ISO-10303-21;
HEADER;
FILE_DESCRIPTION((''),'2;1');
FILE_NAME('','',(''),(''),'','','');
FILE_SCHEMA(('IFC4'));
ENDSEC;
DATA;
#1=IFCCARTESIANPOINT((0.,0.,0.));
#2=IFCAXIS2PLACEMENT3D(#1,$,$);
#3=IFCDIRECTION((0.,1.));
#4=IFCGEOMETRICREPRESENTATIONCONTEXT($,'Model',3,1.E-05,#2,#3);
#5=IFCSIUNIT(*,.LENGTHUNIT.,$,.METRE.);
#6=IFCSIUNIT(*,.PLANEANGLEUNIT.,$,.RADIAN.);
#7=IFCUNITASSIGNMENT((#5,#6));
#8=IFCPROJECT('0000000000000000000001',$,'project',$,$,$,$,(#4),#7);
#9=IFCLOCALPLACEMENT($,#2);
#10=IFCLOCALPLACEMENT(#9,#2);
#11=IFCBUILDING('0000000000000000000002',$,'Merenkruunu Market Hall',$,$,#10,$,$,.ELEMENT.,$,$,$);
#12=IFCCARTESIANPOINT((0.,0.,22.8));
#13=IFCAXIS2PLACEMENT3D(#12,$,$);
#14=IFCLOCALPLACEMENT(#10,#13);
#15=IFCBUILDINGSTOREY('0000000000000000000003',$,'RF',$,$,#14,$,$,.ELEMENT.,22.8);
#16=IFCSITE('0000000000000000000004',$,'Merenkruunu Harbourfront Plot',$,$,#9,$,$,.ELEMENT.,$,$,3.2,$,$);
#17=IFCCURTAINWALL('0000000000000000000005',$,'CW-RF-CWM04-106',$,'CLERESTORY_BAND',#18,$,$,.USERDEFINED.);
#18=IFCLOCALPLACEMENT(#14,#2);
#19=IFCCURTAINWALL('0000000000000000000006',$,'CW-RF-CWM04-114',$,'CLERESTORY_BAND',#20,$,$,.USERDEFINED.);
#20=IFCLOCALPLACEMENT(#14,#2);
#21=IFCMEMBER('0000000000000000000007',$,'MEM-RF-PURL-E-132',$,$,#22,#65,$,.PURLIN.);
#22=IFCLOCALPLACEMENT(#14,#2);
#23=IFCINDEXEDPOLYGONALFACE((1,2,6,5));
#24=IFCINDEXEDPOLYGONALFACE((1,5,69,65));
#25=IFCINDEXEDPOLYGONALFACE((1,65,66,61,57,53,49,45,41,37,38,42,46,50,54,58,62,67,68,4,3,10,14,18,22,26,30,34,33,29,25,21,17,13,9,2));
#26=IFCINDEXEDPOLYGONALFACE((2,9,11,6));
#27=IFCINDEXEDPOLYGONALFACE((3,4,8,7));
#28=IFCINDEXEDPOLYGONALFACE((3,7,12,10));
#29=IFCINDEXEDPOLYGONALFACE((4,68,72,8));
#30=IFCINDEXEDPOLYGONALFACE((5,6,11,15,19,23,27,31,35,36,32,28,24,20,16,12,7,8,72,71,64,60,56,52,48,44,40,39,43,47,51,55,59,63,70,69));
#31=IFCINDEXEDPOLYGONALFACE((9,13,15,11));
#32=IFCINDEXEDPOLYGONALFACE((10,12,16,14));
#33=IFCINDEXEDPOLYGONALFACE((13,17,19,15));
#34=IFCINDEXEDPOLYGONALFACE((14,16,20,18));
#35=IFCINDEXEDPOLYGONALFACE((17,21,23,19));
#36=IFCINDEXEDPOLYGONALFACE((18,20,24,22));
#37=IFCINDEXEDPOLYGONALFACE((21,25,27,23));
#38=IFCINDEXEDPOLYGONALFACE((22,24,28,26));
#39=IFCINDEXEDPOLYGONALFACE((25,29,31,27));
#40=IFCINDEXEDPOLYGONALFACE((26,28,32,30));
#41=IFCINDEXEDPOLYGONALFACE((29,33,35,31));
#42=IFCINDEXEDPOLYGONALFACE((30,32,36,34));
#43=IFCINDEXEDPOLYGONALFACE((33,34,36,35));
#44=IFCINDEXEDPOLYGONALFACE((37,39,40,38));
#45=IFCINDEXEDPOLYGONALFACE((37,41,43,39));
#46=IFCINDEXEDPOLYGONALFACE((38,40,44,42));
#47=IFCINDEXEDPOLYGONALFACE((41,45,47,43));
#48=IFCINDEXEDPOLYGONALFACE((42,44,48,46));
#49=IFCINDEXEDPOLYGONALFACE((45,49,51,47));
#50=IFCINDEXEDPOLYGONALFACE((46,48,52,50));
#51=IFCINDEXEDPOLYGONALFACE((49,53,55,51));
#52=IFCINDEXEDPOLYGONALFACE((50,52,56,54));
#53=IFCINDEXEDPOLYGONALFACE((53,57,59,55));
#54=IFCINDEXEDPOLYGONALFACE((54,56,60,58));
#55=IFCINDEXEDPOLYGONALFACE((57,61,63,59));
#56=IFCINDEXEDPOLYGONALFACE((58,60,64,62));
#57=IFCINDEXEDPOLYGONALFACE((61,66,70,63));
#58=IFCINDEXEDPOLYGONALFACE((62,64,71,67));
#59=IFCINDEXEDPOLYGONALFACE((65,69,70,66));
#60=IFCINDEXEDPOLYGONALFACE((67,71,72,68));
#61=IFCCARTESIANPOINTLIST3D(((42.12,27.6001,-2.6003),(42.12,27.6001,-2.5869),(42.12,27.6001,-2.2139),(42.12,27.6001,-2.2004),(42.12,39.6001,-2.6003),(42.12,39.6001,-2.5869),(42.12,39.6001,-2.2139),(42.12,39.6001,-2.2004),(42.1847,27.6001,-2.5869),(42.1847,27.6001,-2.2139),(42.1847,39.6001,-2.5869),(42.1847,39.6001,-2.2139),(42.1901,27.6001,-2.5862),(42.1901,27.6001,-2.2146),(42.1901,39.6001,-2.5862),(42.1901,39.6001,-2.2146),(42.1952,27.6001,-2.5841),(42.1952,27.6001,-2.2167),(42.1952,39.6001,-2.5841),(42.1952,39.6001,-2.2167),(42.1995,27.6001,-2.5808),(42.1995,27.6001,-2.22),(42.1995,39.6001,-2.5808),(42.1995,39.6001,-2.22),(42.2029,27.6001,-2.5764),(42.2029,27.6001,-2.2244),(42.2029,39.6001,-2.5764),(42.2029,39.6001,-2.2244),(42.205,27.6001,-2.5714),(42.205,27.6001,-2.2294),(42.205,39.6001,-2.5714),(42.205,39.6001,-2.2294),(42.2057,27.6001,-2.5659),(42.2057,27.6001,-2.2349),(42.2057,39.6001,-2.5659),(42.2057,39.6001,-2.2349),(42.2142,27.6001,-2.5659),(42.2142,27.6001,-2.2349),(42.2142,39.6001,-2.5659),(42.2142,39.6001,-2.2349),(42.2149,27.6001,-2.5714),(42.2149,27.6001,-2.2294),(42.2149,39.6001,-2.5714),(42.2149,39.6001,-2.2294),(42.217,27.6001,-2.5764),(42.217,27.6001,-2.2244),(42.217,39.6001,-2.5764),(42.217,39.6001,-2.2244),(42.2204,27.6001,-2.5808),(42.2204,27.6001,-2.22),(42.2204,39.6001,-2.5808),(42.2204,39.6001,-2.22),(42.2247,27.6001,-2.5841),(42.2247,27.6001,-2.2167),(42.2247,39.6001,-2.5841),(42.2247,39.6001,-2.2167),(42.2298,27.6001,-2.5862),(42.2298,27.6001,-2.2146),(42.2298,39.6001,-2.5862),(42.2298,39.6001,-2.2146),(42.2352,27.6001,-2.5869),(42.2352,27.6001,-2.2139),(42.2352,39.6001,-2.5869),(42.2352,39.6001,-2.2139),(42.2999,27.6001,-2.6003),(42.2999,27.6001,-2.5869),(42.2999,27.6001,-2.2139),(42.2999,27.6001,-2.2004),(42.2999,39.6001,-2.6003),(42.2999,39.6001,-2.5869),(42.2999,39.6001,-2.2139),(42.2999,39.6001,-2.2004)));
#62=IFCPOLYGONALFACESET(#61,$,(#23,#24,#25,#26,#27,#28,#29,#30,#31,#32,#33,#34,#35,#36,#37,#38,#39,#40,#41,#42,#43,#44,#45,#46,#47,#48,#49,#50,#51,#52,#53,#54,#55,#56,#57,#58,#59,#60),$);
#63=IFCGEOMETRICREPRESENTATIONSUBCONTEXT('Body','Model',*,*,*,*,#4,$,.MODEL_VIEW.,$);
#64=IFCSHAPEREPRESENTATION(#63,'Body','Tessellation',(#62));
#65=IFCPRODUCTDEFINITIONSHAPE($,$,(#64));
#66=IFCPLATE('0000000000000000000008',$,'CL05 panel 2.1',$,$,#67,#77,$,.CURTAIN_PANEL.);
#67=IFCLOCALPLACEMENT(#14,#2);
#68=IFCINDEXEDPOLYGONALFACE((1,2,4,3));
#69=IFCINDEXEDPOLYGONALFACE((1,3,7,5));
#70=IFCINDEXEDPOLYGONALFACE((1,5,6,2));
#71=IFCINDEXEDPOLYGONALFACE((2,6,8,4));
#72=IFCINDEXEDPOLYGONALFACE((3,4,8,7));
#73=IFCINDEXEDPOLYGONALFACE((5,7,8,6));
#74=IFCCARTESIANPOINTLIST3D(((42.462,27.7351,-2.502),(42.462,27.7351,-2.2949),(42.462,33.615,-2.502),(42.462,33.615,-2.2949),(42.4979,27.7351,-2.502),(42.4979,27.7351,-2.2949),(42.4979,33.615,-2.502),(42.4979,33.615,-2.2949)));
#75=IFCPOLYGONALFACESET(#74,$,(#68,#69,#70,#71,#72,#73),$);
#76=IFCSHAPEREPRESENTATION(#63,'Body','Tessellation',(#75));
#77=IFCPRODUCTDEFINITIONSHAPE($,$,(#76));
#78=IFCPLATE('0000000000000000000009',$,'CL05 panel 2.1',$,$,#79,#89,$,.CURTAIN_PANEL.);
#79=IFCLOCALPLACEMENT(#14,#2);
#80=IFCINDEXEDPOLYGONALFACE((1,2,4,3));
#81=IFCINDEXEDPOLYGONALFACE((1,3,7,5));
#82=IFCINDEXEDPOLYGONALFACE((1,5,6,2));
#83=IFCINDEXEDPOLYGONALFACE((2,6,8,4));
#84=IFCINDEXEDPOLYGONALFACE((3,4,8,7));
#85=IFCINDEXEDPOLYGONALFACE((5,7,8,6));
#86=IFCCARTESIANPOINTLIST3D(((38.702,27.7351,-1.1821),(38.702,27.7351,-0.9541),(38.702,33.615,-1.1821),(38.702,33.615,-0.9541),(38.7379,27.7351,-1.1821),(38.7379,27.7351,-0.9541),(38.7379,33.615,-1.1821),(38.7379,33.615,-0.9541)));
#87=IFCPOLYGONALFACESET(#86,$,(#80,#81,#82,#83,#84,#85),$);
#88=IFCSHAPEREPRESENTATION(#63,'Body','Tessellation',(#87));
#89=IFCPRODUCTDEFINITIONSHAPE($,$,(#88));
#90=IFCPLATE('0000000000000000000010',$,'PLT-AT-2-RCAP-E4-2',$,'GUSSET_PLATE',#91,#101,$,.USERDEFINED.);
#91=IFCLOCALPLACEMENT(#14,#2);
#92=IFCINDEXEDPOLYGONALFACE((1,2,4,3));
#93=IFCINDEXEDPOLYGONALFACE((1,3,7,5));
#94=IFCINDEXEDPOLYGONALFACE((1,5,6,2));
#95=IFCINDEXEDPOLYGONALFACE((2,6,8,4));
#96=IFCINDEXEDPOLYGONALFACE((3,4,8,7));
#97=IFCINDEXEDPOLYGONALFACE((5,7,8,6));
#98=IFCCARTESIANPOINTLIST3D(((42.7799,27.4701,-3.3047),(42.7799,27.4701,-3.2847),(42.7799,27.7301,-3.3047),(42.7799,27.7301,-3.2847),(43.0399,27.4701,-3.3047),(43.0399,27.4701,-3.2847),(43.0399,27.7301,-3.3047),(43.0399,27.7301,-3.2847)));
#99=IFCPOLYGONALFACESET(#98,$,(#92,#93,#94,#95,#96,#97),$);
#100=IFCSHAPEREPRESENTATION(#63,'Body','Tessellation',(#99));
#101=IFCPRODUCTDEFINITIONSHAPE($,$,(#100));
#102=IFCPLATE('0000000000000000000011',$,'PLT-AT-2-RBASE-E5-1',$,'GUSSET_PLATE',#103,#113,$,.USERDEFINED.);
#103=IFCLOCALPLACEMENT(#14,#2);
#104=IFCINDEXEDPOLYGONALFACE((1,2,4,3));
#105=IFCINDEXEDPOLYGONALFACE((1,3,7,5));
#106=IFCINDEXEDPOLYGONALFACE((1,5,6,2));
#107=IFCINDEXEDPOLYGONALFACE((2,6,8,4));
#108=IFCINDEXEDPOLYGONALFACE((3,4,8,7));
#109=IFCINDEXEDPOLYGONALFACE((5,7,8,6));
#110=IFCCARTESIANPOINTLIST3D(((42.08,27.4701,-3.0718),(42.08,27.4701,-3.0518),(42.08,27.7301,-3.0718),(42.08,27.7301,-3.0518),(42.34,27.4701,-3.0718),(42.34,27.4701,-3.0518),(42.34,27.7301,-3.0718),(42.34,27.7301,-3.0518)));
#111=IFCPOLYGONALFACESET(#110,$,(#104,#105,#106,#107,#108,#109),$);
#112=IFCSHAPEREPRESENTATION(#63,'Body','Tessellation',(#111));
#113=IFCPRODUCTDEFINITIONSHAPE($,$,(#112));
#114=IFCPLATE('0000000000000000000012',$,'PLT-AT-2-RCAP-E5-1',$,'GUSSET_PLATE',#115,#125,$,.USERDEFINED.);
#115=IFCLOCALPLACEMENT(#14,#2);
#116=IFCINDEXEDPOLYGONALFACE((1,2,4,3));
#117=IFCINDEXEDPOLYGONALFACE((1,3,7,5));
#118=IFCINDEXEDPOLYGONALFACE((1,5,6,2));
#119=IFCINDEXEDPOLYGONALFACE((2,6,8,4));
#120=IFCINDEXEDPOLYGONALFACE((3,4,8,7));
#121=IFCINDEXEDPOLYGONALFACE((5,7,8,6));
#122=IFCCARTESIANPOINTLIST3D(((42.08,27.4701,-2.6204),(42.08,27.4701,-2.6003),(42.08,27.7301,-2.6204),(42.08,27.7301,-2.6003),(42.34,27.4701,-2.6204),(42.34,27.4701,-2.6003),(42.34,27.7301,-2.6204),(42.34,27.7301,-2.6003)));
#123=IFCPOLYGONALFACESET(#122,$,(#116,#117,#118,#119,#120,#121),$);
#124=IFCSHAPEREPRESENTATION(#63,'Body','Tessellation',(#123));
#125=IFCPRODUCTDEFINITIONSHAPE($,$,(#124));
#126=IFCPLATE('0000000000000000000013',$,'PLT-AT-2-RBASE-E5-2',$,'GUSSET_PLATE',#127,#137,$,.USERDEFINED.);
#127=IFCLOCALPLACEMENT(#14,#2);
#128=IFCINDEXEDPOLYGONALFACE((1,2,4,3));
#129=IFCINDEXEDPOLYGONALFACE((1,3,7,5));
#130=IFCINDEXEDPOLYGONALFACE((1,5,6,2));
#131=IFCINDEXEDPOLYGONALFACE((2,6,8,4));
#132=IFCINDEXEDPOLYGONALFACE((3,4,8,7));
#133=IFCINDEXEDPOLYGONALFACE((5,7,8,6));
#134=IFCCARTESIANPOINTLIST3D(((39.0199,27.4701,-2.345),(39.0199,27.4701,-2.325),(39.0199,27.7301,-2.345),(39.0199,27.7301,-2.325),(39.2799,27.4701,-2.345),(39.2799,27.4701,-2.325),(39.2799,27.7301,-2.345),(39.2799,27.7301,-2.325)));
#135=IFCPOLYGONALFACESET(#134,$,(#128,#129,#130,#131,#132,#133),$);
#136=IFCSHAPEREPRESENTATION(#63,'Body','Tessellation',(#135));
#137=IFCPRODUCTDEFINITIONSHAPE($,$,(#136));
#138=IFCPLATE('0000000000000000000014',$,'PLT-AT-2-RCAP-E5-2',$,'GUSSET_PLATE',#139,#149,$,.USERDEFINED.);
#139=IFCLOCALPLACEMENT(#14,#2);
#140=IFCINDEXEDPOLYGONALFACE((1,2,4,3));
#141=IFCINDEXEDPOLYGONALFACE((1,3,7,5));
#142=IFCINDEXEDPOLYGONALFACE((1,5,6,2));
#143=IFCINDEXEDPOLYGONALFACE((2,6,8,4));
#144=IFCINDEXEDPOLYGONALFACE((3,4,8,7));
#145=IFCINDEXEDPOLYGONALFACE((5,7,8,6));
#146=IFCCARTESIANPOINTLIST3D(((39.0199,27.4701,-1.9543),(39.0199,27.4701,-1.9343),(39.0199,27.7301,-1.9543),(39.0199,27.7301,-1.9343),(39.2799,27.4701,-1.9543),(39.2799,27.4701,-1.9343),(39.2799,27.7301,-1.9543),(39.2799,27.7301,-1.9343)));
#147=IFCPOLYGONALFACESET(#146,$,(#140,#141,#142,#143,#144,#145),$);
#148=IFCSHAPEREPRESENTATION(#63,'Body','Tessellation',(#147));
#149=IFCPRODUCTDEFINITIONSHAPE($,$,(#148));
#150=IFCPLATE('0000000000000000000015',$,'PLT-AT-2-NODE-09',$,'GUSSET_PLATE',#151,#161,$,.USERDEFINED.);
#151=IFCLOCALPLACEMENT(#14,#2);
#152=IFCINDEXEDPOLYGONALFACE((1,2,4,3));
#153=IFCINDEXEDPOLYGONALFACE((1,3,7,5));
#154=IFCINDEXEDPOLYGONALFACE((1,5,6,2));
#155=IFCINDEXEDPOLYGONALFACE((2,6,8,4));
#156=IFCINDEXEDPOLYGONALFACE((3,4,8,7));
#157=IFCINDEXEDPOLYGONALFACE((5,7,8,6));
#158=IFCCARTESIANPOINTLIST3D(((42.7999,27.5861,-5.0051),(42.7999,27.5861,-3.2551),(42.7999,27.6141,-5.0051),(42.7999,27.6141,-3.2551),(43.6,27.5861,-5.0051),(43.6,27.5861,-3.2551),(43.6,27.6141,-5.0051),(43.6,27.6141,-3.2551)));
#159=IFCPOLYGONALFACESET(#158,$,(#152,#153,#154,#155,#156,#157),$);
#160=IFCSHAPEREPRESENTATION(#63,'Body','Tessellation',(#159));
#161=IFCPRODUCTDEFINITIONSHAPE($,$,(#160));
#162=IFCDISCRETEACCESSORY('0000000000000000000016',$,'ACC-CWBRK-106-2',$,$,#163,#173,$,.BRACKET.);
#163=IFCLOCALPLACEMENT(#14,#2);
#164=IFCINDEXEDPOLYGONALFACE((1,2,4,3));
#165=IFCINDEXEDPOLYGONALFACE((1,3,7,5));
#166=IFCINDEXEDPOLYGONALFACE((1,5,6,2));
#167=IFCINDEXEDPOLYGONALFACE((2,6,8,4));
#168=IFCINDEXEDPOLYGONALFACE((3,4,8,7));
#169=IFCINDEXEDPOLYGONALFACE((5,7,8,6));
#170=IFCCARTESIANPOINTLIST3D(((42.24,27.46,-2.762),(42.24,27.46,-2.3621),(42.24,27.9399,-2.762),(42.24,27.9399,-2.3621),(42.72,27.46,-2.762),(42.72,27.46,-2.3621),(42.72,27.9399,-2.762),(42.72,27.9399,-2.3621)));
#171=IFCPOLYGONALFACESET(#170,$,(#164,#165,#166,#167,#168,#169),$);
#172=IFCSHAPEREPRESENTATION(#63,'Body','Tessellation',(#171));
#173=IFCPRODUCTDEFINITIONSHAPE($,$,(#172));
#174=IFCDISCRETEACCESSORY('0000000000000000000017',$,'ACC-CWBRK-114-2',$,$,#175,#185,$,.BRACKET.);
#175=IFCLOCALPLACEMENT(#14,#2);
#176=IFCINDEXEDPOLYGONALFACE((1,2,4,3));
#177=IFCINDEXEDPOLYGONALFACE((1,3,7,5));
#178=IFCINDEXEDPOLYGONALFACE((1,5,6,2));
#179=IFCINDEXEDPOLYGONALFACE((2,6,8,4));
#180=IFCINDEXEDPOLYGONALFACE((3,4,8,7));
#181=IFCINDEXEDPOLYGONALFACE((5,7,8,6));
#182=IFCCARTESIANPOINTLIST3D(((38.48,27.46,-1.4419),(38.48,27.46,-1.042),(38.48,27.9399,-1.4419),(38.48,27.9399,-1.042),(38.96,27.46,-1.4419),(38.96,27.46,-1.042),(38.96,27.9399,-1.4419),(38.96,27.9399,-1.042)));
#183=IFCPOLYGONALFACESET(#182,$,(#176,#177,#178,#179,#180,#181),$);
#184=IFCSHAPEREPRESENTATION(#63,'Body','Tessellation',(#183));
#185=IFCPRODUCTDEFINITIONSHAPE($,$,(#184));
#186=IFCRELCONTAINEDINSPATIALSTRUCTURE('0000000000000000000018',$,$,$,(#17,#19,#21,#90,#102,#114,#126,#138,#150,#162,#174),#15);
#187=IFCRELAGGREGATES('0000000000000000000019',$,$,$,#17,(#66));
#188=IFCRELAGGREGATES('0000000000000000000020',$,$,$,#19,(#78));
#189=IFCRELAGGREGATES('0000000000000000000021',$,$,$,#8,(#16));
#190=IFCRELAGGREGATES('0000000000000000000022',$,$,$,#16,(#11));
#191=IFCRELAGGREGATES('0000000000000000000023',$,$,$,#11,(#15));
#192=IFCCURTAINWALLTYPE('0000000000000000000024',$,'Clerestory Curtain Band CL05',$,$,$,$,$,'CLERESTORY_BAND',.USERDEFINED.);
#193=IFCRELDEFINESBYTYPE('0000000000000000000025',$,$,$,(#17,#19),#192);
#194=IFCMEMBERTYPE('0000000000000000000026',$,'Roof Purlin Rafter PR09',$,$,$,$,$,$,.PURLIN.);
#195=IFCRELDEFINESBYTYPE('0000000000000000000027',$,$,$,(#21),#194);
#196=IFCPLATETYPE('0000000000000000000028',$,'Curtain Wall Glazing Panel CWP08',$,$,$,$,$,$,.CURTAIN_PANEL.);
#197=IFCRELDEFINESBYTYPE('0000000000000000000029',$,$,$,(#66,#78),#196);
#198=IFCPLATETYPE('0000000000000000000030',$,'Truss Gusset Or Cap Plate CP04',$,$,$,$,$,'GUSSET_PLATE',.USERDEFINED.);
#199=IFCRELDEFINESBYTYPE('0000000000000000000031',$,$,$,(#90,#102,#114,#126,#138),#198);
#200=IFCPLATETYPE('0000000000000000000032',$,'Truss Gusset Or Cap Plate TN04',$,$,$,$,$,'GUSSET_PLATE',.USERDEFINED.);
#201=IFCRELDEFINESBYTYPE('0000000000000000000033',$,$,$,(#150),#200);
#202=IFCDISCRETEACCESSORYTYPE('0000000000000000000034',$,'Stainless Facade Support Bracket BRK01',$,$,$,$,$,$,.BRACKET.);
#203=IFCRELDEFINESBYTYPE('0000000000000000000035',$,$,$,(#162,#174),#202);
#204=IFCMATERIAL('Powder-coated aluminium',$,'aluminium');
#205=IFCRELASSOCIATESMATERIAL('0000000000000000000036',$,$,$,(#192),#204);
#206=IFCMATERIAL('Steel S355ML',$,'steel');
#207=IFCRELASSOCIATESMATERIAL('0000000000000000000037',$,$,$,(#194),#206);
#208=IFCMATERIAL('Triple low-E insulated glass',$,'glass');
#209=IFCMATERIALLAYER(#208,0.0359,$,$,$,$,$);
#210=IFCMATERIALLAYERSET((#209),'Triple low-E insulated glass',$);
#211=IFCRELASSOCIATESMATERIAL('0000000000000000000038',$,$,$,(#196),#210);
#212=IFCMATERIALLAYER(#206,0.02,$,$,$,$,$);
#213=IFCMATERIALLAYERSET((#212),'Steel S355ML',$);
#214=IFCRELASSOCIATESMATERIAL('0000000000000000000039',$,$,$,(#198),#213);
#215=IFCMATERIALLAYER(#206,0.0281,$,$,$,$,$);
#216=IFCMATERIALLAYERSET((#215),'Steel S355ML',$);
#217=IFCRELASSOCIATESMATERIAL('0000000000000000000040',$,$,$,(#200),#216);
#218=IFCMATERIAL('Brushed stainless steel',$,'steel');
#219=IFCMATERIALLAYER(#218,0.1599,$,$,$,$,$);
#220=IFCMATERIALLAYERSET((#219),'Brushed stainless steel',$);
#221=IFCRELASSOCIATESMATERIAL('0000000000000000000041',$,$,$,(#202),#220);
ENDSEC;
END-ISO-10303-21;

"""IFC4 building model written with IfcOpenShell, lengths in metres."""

from ifc_helpers import new_model, si_unit, direction, frame, origin, origin_2d, place, context, subcontext, project, spatial, rectangle, i_section, extrude, material, layer, layer_set, material_profile, profile_set, type_object, element, aggregate, save


model = new_model("IFC4")

# Units and contexts
model_context = context("Model", 3, precision=1e-05, world=origin(), true_north=direction((0.0, 1.0)))
body_context = subcontext(model_context, "Body", "Model", "MODEL_VIEW")
ifc_project = project(units=[si_unit("LENGTHUNIT", "METRE"), si_unit("PLANEANGLEUNIT", "RADIAN")], contexts=[model_context])

# Site, building, storey
site_placement = place(None, origin())
site = spatial("IfcSite", under=ifc_project, at=site_placement, Name="Merenkruunu Harbourfront Plot", CompositionType="ELEMENT", RefElevation=3.2)
building_placement = place(site_placement, origin())
building = spatial("IfcBuilding", under=site, at=building_placement, Name="Merenkruunu Market Hall", CompositionType="ELEMENT")
storey_placement = place(building_placement, frame((0.0, 0.0, 22.8)))
storey = spatial("IfcBuildingStorey", under=building, at=storey_placement, Name="RF", CompositionType="ELEMENT", Elevation=22.8)

# Shared definitions
ifc_material_1 = material(Name="Steel S355ML", Category="steel")

# Curtain wall
ifc_material_2 = material(Name="Powder-coated aluminium", Category="aluminium")
curtain_wall_type = type_object("IfcCurtainWallType", Name="Clerestory Curtain Band CL05", ElementType="CLERESTORY_BAND", PredefinedType="USERDEFINED", material=ifc_material_2)
curtain_wall_1_placement = place(storey_placement, origin())
curtain_wall_1 = element("IfcCurtainWall", 1, at=curtain_wall_1_placement, inside=storey, type_object=curtain_wall_type, Name="CW-RF-CWM04-106", ObjectType="CLERESTORY_BAND", PredefinedType="USERDEFINED")

# Curtain wall
curtain_wall_2_placement = place(storey_placement, origin())
curtain_wall_2 = element("IfcCurtainWall", 2, at=curtain_wall_2_placement, inside=storey, type_object=curtain_wall_type, Name="CW-RF-CWM04-114", ObjectType="CLERESTORY_BAND", PredefinedType="USERDEFINED")

# Member
ifc_material_profile_1 = material_profile(ifc_material_1, i_section(OverallWidth=0.1799, OverallDepth=0.3999, WebThickness=0.0085, FlangeThickness=0.0134, FilletRadius=0.021, at=origin_2d()), Name="IPE 400")
ifc_profile_set_1 = profile_set([ifc_material_profile_1], Name="Steel S355ML")
member_type_1 = type_object("IfcMemberType", Name="Roof Purlin Rafter PR09", PredefinedType="PURLIN", material=ifc_profile_set_1)
member_1_placement = place(storey_placement, frame((42.21, 27.6001, -2.4004), z_axis=(0.0, 1.0, 0.0), x_axis=(-1.0, 0.0, 0.0)))
element("IfcMember", 3, at=member_1_placement, inside=storey, type_object=member_type_1, Name="MEM-RF-PURL-E-132", PredefinedType="PURLIN", context=body_context, shape_type="SweptSolid", body=[
    extrude(i_section(OverallWidth=0.1799, OverallDepth=0.3999, WebThickness=0.0085, FlangeThickness=0.0134, FilletRadius=0.021, at=origin_2d()), origin(), (0.0, 0.0, 1.0), 12.0),
])

# Plates
ifc_material_3 = material(Name="Triple low-E insulated glass", Category="glass")
ifc_layer_1 = layer(ifc_material_3, 0.0359)
ifc_layer_set_1 = layer_set([ifc_layer_1], Name="Triple low-E insulated glass")
plate_type_1 = type_object("IfcPlateType", Name="Curtain Wall Glazing Panel CWP08", PredefinedType="CURTAIN_PANEL", material=ifc_layer_set_1)
plate_1_placement = place(storey_placement, frame((42.48, 30.675, -2.502), z_axis=(0.0, 0.0, 1.0), x_axis=(0.0, -1.0, 0.0)))
plate_1 = element("IfcPlate", 4, at=plate_1_placement, type_object=plate_type_1, Name="CL05 panel 2.1", PredefinedType="CURTAIN_PANEL", context=body_context, shape_type="SweptSolid", body=[
    extrude(rectangle(XDim=5.8799, YDim=0.0359, at=origin_2d()), origin(), (0.0, 0.0, 1.0), 0.207),
])
aggregate(curtain_wall_1, [plate_1])
plate_2_placement = place(storey_placement, frame((38.72, 30.675, -1.1821), z_axis=(0.0, 0.0, 1.0), x_axis=(0.0, -1.0, 0.0)))
plate_2 = element("IfcPlate", 5, at=plate_2_placement, type_object=plate_type_1, Name="CL05 panel 2.1", PredefinedType="CURTAIN_PANEL", context=body_context, shape_type="SweptSolid", body=[
    extrude(rectangle(XDim=5.8799, YDim=0.0359, at=origin_2d()), origin(), (0.0, 0.0, 1.0), 0.228),
])
aggregate(curtain_wall_2, [plate_2])

# Plates
ifc_layer_2 = layer(ifc_material_1, 0.02)
ifc_layer_set_2 = layer_set([ifc_layer_2], Name="Steel S355ML")
plate_type_2 = type_object("IfcPlateType", Name="Truss Gusset Or Cap Plate CP04", ElementType="GUSSET_PLATE", PredefinedType="USERDEFINED", material=ifc_layer_set_2)
for number, where, z_axis, x_axis, name in (
    (6, (42.9099, 27.6001, -3.3047), (0.0, 0.0, 1.0), (1.0, 0.0, 0.0), "PLT-AT-2-RCAP-E4-2"),
    (7, (42.21, 27.6001, -3.0718), (0.0, 0.0, 1.0), (1.0, 0.0, 0.0), "PLT-AT-2-RBASE-E5-1"),
    (8, (42.21, 27.6001, -2.6204), (0.0, 0.0, 1.0), (1.0, 0.0, 0.0), "PLT-AT-2-RCAP-E5-1"),
    (9, (39.1499, 27.6001, -2.345), (0.0, 0.0, 1.0), (1.0, 0.0, 0.0), "PLT-AT-2-RBASE-E5-2"),
    (10, (39.1499, 27.6001, -1.9543), (0.0, 0.0, 1.0), (1.0, 0.0, 0.0), "PLT-AT-2-RCAP-E5-2"),
):
    element("IfcPlate", number, at=place(storey_placement, frame(where, z_axis=z_axis, x_axis=x_axis)), inside=storey, type_object=plate_type_2, Name=name, ObjectType="GUSSET_PLATE", PredefinedType="USERDEFINED", context=body_context, shape_type="SweptSolid", body=[
        extrude(rectangle(XDim=0.26, YDim=0.26, at=origin_2d()), origin(), (0.0, 0.0, 1.0), 0.02),
    ])
ifc_layer_3 = layer(ifc_material_1, 0.0281)
ifc_layer_set_3 = layer_set([ifc_layer_3], Name="Steel S355ML")
plate_type_3 = type_object("IfcPlateType", Name="Truss Gusset Or Cap Plate TN04", ElementType="GUSSET_PLATE", PredefinedType="USERDEFINED", material=ifc_layer_set_3)
plate_3_placement = place(storey_placement, frame((43.2, 27.6001, -5.0051), z_axis=(0.0, 0.0, 1.0), x_axis=(1.0, 0.0, 0.0)))
element("IfcPlate", 11, at=plate_3_placement, inside=storey, type_object=plate_type_3, Name="PLT-AT-2-NODE-09", ObjectType="GUSSET_PLATE", PredefinedType="USERDEFINED", context=body_context, shape_type="SweptSolid", body=[
    extrude(rectangle(XDim=0.8, YDim=0.0281, at=origin_2d()), origin(), (0.0, 0.0, 1.0), 1.75),
])

# Discrete accessories
ifc_material_4 = material(Name="Brushed stainless steel", Category="steel")
ifc_layer_4 = layer(ifc_material_4, 0.1599)
ifc_layer_set_4 = layer_set([ifc_layer_4], Name="Brushed stainless steel")
discrete_accessory_type = type_object("IfcDiscreteAccessoryType", Name="Stainless Facade Support Bracket BRK01", PredefinedType="BRACKET", material=ifc_layer_set_4)
for number, where, z_axis, x_axis, name in (
    (12, (42.48, 27.7, -2.762), (0.0, 0.0, 1.0), (1.0, 0.0, 0.0), "ACC-CWBRK-106-2"),
    (13, (38.72, 27.7, -1.4419), (0.0, 0.0, 1.0), (1.0, 0.0, 0.0), "ACC-CWBRK-114-2"),
):
    element("IfcDiscreteAccessory", number, at=place(storey_placement, frame(where, z_axis=z_axis, x_axis=x_axis)), inside=storey, type_object=discrete_accessory_type, Name=name, PredefinedType="BRACKET", context=body_context, shape_type="SweptSolid", body=[
        extrude(rectangle(XDim=0.48, YDim=0.48, at=origin_2d()), origin(), (0.0, 0.0, 1.0), 0.3999),
    ])

save(model, "model.ifc")
